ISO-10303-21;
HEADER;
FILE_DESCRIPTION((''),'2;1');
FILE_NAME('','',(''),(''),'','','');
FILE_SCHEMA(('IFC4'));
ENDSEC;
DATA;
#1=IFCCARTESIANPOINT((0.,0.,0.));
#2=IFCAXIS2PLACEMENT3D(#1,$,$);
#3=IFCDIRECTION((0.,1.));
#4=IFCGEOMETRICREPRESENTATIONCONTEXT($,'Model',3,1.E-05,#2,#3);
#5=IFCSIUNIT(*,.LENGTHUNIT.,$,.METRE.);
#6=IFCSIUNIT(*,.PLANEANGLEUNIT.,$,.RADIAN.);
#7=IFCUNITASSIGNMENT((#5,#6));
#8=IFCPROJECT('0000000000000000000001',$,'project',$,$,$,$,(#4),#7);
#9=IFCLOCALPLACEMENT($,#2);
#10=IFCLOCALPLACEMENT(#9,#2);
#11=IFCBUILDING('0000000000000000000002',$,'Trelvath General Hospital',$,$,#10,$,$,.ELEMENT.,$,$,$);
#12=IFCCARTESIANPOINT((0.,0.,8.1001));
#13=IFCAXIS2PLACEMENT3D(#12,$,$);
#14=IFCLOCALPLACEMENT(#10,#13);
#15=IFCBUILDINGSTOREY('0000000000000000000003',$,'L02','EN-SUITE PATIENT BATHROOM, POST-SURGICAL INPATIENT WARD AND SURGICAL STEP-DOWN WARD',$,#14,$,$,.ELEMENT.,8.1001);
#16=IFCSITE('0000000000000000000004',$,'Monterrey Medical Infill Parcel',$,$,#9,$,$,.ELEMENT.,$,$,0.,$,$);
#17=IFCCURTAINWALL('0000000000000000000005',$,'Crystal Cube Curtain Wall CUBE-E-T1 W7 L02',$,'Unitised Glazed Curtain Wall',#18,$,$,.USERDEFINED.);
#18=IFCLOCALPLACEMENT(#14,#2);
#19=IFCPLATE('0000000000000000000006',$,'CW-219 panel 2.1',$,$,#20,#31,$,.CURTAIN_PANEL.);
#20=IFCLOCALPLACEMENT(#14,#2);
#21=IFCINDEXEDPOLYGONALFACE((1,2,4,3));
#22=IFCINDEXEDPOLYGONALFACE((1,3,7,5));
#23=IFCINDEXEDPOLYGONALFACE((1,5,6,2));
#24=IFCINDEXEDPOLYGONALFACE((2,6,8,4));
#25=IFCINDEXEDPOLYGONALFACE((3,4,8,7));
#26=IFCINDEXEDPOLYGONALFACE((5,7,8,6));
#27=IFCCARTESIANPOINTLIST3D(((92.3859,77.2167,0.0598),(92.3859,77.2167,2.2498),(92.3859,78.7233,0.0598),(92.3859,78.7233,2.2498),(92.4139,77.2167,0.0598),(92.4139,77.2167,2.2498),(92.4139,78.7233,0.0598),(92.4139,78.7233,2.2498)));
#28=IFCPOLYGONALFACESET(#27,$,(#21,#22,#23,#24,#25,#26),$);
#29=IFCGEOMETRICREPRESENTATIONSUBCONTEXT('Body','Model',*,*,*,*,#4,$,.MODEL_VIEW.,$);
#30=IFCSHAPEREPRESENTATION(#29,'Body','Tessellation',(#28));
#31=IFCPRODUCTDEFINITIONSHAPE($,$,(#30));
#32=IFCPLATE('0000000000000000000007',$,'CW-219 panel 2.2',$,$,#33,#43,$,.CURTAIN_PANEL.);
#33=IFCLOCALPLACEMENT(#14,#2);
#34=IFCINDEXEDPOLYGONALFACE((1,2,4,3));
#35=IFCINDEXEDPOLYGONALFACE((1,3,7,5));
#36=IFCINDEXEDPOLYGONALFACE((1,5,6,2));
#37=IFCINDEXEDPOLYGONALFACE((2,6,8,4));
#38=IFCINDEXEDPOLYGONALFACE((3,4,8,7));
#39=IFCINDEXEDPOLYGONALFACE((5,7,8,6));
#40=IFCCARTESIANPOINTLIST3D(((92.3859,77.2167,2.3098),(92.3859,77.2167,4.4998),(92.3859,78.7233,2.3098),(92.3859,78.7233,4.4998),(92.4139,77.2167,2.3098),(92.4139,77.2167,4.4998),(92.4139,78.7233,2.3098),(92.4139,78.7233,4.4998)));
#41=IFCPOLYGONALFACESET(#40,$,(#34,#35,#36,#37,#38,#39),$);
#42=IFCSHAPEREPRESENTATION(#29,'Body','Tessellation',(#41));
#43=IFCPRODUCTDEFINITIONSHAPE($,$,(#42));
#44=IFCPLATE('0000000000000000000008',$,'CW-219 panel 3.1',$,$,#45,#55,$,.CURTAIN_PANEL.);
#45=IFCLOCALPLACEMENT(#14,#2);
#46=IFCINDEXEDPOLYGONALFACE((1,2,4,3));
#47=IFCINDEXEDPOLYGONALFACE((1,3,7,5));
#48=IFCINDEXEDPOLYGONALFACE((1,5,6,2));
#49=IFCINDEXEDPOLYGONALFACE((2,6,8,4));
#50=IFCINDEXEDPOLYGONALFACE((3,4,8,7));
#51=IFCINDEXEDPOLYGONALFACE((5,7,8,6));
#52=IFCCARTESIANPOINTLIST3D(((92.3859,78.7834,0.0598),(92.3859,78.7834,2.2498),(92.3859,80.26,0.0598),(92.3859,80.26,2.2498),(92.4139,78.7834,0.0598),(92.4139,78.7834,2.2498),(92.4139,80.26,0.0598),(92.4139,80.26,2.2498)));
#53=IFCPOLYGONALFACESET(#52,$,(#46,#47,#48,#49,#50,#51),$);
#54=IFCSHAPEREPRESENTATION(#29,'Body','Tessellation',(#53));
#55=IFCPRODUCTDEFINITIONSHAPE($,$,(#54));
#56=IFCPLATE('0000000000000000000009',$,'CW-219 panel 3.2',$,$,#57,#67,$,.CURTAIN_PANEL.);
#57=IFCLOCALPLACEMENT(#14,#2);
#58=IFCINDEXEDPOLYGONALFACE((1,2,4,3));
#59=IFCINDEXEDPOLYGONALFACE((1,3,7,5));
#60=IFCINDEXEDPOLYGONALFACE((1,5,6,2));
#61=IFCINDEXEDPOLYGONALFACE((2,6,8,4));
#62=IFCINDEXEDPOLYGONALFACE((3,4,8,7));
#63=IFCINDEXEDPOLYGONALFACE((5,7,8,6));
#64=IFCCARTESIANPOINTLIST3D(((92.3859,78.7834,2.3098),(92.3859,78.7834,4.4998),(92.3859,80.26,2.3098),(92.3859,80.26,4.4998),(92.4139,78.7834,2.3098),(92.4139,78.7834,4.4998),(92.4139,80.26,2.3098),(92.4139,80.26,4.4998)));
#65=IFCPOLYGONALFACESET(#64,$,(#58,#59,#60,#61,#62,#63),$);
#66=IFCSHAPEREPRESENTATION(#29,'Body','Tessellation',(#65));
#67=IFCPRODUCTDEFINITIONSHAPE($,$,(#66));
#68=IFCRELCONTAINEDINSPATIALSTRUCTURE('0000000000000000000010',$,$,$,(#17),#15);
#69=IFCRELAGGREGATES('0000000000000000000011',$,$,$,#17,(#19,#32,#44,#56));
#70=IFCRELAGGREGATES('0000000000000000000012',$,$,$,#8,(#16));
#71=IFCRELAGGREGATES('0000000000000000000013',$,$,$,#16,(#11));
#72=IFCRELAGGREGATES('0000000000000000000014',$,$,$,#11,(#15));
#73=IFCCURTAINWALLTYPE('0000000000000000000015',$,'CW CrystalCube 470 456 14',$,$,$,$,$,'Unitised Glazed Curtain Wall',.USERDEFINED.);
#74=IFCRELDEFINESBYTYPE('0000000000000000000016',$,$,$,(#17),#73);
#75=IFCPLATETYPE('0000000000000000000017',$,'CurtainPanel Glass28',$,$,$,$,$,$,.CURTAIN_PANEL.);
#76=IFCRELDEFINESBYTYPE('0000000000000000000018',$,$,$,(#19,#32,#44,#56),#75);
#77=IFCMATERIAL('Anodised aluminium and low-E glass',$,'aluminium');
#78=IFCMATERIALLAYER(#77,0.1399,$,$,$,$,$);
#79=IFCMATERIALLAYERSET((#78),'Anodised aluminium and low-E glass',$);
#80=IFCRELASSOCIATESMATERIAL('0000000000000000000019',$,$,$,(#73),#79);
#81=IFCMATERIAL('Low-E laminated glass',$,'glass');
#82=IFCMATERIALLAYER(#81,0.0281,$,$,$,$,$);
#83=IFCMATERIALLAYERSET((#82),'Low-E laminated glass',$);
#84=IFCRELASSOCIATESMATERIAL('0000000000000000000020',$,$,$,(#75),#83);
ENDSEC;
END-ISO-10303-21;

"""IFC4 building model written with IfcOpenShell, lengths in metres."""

from ifc_helpers import new_model, si_unit, direction, frame, origin, origin_2d, place, context, subcontext, project, spatial, rectangle, extrude, material, layer, layer_set, type_object, element, aggregate, save


model = new_model("IFC4")

# Units and contexts
model_context = context("Model", 3, precision=1e-05, world=origin(), true_north=direction((0.0, 1.0)))
body_context = subcontext(model_context, "Body", "Model", "MODEL_VIEW")
ifc_project = project(units=[si_unit("LENGTHUNIT", "METRE"), si_unit("PLANEANGLEUNIT", "RADIAN")], contexts=[model_context])

# Site, building, storey
site_placement = place(None, origin())
site = spatial("IfcSite", under=ifc_project, at=site_placement, Name="Monterrey Medical Infill Parcel", CompositionType="ELEMENT", RefElevation=0.0)
building_placement = place(site_placement, origin())
building = spatial("IfcBuilding", under=site, at=building_placement, Name="Trelvath General Hospital", CompositionType="ELEMENT")
storey_placement = place(building_placement, frame((0.0, 0.0, 8.1001)))
storey = spatial("IfcBuildingStorey", under=building, at=storey_placement, Name="L02", Description="EN-SUITE PATIENT BATHROOM, POST-SURGICAL INPATIENT WARD AND SURGICAL STEP-DOWN WARD", CompositionType="ELEMENT", Elevation=8.1001)

# Curtain wall
ifc_material_1 = material(Name="Anodised aluminium and low-E glass", Category="aluminium")
ifc_layer_1 = layer(ifc_material_1, 0.1399)
ifc_layer_set_1 = layer_set([ifc_layer_1], Name="Anodised aluminium and low-E glass")
curtain_wall_type_1 = type_object("IfcCurtainWallType", Name="CW CrystalCube 470 456 14", ElementType="Unitised Glazed Curtain Wall", PredefinedType="USERDEFINED", material=ifc_layer_set_1)
curtain_wall_1_placement = place(storey_placement, origin())
curtain_wall_1 = element("IfcCurtainWall", 1, at=curtain_wall_1_placement, inside=storey, type_object=curtain_wall_type_1, Name="Crystal Cube Curtain Wall CUBE-E-T1 W7 L02", ObjectType="Unitised Glazed Curtain Wall", PredefinedType="USERDEFINED")

# Plates
ifc_material_2 = material(Name="Low-E laminated glass", Category="glass")
ifc_layer_2 = layer(ifc_material_2, 0.0281)
ifc_layer_set_2 = layer_set([ifc_layer_2], Name="Low-E laminated glass")
plate_type = type_object("IfcPlateType", Name="CurtainPanel Glass28", PredefinedType="CURTAIN_PANEL", material=ifc_layer_set_2)
plate_1_placement = place(storey_placement, frame((92.3999, 77.97, 0.0598), z_axis=(0.0, 0.0, 1.0), x_axis=(0.0, 1.0, 0.0)))
plate_1 = element("IfcPlate", 2, at=plate_1_placement, type_object=plate_type, Name="CW-219 panel 2.1", PredefinedType="CURTAIN_PANEL", context=body_context, shape_type="SweptSolid", body=[
    extrude(rectangle(XDim=1.5066, YDim=0.0281, at=origin_2d()), origin(), (0.0, 0.0, 1.0), 2.1899),
])
plate_2_placement = place(storey_placement, frame((92.3999, 77.97, 2.3098), z_axis=(0.0, 0.0, 1.0), x_axis=(0.0, 1.0, 0.0)))
plate_2 = element("IfcPlate", 3, at=plate_2_placement, type_object=plate_type, Name="CW-219 panel 2.2", PredefinedType="CURTAIN_PANEL", context=body_context, shape_type="SweptSolid", body=[
    extrude(rectangle(XDim=1.5066, YDim=0.0281, at=origin_2d()), origin(), (0.0, 0.0, 1.0), 2.1899),
])
plate_3_placement = place(storey_placement, frame((92.3999, 79.5217, 0.0598), z_axis=(0.0, 0.0, 1.0), x_axis=(0.0, 1.0, 0.0)))
plate_3 = element("IfcPlate", 4, at=plate_3_placement, type_object=plate_type, Name="CW-219 panel 3.1", PredefinedType="CURTAIN_PANEL", context=body_context, shape_type="SweptSolid", body=[
    extrude(rectangle(XDim=1.4766, YDim=0.0281, at=origin_2d()), origin(), (0.0, 0.0, 1.0), 2.1899),
])
plate_4_placement = place(storey_placement, frame((92.3999, 79.5217, 2.3098), z_axis=(0.0, 0.0, 1.0), x_axis=(0.0, 1.0, 0.0)))
plate_4 = element("IfcPlate", 5, at=plate_4_placement, type_object=plate_type, Name="CW-219 panel 3.2", PredefinedType="CURTAIN_PANEL", context=body_context, shape_type="SweptSolid", body=[
    extrude(rectangle(XDim=1.4766, YDim=0.0281, at=origin_2d()), origin(), (0.0, 0.0, 1.0), 2.1899),
])
aggregate(curtain_wall_1, [plate_1, plate_2, plate_3, plate_4])

save(model, "model.ifc")
